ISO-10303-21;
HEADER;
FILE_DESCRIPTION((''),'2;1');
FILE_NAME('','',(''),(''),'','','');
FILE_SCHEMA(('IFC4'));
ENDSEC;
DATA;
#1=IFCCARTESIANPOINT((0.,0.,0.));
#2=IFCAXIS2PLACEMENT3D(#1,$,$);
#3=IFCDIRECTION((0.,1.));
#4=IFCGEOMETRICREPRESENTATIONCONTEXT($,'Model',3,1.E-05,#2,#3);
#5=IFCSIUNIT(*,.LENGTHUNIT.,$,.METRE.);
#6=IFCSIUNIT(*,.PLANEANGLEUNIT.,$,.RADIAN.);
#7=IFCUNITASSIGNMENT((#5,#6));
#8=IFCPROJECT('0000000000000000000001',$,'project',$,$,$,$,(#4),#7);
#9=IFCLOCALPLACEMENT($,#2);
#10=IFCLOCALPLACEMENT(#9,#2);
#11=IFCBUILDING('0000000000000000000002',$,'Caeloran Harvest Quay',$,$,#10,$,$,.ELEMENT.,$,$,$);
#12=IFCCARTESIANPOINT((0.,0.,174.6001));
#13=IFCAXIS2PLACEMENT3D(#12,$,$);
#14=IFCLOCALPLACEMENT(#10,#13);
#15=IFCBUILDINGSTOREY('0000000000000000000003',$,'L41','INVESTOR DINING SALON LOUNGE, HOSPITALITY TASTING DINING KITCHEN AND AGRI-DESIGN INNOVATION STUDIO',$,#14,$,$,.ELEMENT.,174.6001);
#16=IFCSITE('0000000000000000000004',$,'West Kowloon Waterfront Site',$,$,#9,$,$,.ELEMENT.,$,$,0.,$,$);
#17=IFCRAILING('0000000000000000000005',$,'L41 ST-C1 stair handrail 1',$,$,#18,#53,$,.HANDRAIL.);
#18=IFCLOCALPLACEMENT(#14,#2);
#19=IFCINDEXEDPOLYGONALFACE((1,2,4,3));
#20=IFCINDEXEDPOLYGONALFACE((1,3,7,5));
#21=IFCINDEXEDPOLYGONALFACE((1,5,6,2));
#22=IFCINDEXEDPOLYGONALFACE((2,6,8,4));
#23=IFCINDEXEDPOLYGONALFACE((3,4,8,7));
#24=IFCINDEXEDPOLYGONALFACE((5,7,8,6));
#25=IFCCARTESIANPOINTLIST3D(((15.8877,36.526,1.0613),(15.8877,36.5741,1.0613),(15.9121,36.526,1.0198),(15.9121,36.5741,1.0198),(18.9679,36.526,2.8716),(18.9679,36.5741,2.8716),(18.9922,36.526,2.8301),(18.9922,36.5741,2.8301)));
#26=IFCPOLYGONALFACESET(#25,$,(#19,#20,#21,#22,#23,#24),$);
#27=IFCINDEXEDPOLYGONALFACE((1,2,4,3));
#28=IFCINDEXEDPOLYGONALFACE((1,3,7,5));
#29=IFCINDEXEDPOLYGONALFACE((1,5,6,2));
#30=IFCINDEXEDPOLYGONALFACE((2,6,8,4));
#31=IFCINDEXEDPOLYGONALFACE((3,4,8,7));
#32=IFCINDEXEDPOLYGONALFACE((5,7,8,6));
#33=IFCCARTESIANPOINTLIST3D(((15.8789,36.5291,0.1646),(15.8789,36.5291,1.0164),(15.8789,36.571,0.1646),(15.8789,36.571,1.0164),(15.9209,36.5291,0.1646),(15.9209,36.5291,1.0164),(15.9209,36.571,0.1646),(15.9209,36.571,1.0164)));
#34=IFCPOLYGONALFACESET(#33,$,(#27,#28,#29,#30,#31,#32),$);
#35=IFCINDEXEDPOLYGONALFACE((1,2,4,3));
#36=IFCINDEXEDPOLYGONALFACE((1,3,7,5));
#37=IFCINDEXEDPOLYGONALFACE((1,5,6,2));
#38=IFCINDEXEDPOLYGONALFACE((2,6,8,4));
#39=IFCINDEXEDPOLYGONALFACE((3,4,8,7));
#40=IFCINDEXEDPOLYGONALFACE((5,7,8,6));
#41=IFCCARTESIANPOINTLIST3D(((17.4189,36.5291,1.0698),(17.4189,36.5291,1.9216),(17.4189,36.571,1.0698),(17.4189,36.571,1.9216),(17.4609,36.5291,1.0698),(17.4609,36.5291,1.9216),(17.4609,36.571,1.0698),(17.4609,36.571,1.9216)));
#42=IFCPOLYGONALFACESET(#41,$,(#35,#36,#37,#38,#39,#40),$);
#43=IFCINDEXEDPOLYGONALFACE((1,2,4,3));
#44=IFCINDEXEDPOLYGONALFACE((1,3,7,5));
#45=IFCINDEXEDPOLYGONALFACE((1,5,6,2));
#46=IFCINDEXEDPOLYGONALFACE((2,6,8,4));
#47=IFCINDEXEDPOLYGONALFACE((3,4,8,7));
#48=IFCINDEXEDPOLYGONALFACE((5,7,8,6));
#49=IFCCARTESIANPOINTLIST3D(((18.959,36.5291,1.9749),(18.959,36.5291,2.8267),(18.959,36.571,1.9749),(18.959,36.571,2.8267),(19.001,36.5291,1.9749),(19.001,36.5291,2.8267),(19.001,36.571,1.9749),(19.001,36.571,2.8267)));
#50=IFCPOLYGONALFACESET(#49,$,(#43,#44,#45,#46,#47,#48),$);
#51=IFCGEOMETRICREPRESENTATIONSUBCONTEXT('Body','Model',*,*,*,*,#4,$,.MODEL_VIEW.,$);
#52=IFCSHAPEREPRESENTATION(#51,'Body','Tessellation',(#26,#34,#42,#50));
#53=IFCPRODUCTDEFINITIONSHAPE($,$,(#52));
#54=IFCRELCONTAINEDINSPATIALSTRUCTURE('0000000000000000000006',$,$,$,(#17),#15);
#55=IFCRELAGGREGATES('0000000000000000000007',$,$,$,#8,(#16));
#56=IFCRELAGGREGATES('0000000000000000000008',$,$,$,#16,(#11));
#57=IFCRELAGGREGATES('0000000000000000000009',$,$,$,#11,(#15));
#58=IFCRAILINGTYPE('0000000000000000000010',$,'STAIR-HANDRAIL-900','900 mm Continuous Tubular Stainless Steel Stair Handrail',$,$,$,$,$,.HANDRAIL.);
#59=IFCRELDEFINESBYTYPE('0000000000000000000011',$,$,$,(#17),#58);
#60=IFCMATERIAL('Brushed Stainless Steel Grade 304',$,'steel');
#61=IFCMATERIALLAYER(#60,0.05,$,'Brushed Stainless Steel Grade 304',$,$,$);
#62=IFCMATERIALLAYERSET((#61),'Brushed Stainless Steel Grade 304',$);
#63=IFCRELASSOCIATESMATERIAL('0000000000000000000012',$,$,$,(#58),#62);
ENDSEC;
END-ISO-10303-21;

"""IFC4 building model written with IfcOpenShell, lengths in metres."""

from ifc_helpers import new_model, si_unit, direction, frame, origin, origin_2d, place, context, subcontext, project, spatial, rectangle, extrude, material, layer, layer_set, type_object, element, save


model = new_model("IFC4")

# Units and contexts
model_context = context("Model", 3, precision=1e-05, world=origin(), true_north=direction((0.0, 1.0)))
body_context = subcontext(model_context, "Body", "Model", "MODEL_VIEW")
ifc_project = project(units=[si_unit("LENGTHUNIT", "METRE"), si_unit("PLANEANGLEUNIT", "RADIAN")], contexts=[model_context])

# Site, building, storey
site_placement = place(None, origin())
site = spatial("IfcSite", under=ifc_project, at=site_placement, Name="West Kowloon Waterfront Site", CompositionType="ELEMENT", RefElevation=0.0)
building_placement = place(site_placement, origin())
building = spatial("IfcBuilding", under=site, at=building_placement, Name="Caeloran Harvest Quay", CompositionType="ELEMENT")
storey_placement = place(building_placement, frame((0.0, 0.0, 174.6001)))
storey = spatial("IfcBuildingStorey", under=building, at=storey_placement, Name="L41", Description="INVESTOR DINING SALON LOUNGE, HOSPITALITY TASTING DINING KITCHEN AND AGRI-DESIGN INNOVATION STUDIO", CompositionType="ELEMENT", Elevation=174.6001)

# Railing
ifc_material_1 = material(Name="Brushed Stainless Steel Grade 304", Category="steel")
ifc_layer_1 = layer(ifc_material_1, 0.05, Name="Brushed Stainless Steel Grade 304")
ifc_layer_set_1 = layer_set([ifc_layer_1], Name="Brushed Stainless Steel Grade 304")
railing_type_1 = type_object("IfcRailingType", Name="STAIR-HANDRAIL-900", Description="900 mm Continuous Tubular Stainless Steel Stair Handrail", PredefinedType="HANDRAIL", material=ifc_layer_set_1)
railing_1_placement = place(storey_placement, frame((15.8999, 36.55, 0.1646)))
element("IfcRailing", 1, at=railing_1_placement, inside=storey, type_object=railing_type_1, Name="L41 ST-C1 stair handrail 1", PredefinedType="HANDRAIL", context=body_context, shape_type="SweptSolid", body=[
    extrude(rectangle(XDim=0.0481, YDim=0.0481, at=origin_2d()), frame((0.0, 0.0, 0.876), z_axis=(0.862119, 0.0, 0.506707), x_axis=(0.0, 1.0, 0.0)), (0.0, 0.0, 1.0), 3.5728),
    extrude(rectangle(XDim=0.042, YDim=0.042, at=origin_2d()), origin(), (0.0, 0.0, 1.0), 0.8518),
    extrude(rectangle(XDim=0.042, YDim=0.042, at=origin_2d()), frame((1.54, 0.0, 0.9053)), (0.0, 0.0, 1.0), 0.8518),
    extrude(rectangle(XDim=0.042, YDim=0.042, at=origin_2d()), frame((3.0801, 0.0, 1.8103)), (0.0, 0.0, 1.0), 0.8518),
])

save(model, "model.ifc")
